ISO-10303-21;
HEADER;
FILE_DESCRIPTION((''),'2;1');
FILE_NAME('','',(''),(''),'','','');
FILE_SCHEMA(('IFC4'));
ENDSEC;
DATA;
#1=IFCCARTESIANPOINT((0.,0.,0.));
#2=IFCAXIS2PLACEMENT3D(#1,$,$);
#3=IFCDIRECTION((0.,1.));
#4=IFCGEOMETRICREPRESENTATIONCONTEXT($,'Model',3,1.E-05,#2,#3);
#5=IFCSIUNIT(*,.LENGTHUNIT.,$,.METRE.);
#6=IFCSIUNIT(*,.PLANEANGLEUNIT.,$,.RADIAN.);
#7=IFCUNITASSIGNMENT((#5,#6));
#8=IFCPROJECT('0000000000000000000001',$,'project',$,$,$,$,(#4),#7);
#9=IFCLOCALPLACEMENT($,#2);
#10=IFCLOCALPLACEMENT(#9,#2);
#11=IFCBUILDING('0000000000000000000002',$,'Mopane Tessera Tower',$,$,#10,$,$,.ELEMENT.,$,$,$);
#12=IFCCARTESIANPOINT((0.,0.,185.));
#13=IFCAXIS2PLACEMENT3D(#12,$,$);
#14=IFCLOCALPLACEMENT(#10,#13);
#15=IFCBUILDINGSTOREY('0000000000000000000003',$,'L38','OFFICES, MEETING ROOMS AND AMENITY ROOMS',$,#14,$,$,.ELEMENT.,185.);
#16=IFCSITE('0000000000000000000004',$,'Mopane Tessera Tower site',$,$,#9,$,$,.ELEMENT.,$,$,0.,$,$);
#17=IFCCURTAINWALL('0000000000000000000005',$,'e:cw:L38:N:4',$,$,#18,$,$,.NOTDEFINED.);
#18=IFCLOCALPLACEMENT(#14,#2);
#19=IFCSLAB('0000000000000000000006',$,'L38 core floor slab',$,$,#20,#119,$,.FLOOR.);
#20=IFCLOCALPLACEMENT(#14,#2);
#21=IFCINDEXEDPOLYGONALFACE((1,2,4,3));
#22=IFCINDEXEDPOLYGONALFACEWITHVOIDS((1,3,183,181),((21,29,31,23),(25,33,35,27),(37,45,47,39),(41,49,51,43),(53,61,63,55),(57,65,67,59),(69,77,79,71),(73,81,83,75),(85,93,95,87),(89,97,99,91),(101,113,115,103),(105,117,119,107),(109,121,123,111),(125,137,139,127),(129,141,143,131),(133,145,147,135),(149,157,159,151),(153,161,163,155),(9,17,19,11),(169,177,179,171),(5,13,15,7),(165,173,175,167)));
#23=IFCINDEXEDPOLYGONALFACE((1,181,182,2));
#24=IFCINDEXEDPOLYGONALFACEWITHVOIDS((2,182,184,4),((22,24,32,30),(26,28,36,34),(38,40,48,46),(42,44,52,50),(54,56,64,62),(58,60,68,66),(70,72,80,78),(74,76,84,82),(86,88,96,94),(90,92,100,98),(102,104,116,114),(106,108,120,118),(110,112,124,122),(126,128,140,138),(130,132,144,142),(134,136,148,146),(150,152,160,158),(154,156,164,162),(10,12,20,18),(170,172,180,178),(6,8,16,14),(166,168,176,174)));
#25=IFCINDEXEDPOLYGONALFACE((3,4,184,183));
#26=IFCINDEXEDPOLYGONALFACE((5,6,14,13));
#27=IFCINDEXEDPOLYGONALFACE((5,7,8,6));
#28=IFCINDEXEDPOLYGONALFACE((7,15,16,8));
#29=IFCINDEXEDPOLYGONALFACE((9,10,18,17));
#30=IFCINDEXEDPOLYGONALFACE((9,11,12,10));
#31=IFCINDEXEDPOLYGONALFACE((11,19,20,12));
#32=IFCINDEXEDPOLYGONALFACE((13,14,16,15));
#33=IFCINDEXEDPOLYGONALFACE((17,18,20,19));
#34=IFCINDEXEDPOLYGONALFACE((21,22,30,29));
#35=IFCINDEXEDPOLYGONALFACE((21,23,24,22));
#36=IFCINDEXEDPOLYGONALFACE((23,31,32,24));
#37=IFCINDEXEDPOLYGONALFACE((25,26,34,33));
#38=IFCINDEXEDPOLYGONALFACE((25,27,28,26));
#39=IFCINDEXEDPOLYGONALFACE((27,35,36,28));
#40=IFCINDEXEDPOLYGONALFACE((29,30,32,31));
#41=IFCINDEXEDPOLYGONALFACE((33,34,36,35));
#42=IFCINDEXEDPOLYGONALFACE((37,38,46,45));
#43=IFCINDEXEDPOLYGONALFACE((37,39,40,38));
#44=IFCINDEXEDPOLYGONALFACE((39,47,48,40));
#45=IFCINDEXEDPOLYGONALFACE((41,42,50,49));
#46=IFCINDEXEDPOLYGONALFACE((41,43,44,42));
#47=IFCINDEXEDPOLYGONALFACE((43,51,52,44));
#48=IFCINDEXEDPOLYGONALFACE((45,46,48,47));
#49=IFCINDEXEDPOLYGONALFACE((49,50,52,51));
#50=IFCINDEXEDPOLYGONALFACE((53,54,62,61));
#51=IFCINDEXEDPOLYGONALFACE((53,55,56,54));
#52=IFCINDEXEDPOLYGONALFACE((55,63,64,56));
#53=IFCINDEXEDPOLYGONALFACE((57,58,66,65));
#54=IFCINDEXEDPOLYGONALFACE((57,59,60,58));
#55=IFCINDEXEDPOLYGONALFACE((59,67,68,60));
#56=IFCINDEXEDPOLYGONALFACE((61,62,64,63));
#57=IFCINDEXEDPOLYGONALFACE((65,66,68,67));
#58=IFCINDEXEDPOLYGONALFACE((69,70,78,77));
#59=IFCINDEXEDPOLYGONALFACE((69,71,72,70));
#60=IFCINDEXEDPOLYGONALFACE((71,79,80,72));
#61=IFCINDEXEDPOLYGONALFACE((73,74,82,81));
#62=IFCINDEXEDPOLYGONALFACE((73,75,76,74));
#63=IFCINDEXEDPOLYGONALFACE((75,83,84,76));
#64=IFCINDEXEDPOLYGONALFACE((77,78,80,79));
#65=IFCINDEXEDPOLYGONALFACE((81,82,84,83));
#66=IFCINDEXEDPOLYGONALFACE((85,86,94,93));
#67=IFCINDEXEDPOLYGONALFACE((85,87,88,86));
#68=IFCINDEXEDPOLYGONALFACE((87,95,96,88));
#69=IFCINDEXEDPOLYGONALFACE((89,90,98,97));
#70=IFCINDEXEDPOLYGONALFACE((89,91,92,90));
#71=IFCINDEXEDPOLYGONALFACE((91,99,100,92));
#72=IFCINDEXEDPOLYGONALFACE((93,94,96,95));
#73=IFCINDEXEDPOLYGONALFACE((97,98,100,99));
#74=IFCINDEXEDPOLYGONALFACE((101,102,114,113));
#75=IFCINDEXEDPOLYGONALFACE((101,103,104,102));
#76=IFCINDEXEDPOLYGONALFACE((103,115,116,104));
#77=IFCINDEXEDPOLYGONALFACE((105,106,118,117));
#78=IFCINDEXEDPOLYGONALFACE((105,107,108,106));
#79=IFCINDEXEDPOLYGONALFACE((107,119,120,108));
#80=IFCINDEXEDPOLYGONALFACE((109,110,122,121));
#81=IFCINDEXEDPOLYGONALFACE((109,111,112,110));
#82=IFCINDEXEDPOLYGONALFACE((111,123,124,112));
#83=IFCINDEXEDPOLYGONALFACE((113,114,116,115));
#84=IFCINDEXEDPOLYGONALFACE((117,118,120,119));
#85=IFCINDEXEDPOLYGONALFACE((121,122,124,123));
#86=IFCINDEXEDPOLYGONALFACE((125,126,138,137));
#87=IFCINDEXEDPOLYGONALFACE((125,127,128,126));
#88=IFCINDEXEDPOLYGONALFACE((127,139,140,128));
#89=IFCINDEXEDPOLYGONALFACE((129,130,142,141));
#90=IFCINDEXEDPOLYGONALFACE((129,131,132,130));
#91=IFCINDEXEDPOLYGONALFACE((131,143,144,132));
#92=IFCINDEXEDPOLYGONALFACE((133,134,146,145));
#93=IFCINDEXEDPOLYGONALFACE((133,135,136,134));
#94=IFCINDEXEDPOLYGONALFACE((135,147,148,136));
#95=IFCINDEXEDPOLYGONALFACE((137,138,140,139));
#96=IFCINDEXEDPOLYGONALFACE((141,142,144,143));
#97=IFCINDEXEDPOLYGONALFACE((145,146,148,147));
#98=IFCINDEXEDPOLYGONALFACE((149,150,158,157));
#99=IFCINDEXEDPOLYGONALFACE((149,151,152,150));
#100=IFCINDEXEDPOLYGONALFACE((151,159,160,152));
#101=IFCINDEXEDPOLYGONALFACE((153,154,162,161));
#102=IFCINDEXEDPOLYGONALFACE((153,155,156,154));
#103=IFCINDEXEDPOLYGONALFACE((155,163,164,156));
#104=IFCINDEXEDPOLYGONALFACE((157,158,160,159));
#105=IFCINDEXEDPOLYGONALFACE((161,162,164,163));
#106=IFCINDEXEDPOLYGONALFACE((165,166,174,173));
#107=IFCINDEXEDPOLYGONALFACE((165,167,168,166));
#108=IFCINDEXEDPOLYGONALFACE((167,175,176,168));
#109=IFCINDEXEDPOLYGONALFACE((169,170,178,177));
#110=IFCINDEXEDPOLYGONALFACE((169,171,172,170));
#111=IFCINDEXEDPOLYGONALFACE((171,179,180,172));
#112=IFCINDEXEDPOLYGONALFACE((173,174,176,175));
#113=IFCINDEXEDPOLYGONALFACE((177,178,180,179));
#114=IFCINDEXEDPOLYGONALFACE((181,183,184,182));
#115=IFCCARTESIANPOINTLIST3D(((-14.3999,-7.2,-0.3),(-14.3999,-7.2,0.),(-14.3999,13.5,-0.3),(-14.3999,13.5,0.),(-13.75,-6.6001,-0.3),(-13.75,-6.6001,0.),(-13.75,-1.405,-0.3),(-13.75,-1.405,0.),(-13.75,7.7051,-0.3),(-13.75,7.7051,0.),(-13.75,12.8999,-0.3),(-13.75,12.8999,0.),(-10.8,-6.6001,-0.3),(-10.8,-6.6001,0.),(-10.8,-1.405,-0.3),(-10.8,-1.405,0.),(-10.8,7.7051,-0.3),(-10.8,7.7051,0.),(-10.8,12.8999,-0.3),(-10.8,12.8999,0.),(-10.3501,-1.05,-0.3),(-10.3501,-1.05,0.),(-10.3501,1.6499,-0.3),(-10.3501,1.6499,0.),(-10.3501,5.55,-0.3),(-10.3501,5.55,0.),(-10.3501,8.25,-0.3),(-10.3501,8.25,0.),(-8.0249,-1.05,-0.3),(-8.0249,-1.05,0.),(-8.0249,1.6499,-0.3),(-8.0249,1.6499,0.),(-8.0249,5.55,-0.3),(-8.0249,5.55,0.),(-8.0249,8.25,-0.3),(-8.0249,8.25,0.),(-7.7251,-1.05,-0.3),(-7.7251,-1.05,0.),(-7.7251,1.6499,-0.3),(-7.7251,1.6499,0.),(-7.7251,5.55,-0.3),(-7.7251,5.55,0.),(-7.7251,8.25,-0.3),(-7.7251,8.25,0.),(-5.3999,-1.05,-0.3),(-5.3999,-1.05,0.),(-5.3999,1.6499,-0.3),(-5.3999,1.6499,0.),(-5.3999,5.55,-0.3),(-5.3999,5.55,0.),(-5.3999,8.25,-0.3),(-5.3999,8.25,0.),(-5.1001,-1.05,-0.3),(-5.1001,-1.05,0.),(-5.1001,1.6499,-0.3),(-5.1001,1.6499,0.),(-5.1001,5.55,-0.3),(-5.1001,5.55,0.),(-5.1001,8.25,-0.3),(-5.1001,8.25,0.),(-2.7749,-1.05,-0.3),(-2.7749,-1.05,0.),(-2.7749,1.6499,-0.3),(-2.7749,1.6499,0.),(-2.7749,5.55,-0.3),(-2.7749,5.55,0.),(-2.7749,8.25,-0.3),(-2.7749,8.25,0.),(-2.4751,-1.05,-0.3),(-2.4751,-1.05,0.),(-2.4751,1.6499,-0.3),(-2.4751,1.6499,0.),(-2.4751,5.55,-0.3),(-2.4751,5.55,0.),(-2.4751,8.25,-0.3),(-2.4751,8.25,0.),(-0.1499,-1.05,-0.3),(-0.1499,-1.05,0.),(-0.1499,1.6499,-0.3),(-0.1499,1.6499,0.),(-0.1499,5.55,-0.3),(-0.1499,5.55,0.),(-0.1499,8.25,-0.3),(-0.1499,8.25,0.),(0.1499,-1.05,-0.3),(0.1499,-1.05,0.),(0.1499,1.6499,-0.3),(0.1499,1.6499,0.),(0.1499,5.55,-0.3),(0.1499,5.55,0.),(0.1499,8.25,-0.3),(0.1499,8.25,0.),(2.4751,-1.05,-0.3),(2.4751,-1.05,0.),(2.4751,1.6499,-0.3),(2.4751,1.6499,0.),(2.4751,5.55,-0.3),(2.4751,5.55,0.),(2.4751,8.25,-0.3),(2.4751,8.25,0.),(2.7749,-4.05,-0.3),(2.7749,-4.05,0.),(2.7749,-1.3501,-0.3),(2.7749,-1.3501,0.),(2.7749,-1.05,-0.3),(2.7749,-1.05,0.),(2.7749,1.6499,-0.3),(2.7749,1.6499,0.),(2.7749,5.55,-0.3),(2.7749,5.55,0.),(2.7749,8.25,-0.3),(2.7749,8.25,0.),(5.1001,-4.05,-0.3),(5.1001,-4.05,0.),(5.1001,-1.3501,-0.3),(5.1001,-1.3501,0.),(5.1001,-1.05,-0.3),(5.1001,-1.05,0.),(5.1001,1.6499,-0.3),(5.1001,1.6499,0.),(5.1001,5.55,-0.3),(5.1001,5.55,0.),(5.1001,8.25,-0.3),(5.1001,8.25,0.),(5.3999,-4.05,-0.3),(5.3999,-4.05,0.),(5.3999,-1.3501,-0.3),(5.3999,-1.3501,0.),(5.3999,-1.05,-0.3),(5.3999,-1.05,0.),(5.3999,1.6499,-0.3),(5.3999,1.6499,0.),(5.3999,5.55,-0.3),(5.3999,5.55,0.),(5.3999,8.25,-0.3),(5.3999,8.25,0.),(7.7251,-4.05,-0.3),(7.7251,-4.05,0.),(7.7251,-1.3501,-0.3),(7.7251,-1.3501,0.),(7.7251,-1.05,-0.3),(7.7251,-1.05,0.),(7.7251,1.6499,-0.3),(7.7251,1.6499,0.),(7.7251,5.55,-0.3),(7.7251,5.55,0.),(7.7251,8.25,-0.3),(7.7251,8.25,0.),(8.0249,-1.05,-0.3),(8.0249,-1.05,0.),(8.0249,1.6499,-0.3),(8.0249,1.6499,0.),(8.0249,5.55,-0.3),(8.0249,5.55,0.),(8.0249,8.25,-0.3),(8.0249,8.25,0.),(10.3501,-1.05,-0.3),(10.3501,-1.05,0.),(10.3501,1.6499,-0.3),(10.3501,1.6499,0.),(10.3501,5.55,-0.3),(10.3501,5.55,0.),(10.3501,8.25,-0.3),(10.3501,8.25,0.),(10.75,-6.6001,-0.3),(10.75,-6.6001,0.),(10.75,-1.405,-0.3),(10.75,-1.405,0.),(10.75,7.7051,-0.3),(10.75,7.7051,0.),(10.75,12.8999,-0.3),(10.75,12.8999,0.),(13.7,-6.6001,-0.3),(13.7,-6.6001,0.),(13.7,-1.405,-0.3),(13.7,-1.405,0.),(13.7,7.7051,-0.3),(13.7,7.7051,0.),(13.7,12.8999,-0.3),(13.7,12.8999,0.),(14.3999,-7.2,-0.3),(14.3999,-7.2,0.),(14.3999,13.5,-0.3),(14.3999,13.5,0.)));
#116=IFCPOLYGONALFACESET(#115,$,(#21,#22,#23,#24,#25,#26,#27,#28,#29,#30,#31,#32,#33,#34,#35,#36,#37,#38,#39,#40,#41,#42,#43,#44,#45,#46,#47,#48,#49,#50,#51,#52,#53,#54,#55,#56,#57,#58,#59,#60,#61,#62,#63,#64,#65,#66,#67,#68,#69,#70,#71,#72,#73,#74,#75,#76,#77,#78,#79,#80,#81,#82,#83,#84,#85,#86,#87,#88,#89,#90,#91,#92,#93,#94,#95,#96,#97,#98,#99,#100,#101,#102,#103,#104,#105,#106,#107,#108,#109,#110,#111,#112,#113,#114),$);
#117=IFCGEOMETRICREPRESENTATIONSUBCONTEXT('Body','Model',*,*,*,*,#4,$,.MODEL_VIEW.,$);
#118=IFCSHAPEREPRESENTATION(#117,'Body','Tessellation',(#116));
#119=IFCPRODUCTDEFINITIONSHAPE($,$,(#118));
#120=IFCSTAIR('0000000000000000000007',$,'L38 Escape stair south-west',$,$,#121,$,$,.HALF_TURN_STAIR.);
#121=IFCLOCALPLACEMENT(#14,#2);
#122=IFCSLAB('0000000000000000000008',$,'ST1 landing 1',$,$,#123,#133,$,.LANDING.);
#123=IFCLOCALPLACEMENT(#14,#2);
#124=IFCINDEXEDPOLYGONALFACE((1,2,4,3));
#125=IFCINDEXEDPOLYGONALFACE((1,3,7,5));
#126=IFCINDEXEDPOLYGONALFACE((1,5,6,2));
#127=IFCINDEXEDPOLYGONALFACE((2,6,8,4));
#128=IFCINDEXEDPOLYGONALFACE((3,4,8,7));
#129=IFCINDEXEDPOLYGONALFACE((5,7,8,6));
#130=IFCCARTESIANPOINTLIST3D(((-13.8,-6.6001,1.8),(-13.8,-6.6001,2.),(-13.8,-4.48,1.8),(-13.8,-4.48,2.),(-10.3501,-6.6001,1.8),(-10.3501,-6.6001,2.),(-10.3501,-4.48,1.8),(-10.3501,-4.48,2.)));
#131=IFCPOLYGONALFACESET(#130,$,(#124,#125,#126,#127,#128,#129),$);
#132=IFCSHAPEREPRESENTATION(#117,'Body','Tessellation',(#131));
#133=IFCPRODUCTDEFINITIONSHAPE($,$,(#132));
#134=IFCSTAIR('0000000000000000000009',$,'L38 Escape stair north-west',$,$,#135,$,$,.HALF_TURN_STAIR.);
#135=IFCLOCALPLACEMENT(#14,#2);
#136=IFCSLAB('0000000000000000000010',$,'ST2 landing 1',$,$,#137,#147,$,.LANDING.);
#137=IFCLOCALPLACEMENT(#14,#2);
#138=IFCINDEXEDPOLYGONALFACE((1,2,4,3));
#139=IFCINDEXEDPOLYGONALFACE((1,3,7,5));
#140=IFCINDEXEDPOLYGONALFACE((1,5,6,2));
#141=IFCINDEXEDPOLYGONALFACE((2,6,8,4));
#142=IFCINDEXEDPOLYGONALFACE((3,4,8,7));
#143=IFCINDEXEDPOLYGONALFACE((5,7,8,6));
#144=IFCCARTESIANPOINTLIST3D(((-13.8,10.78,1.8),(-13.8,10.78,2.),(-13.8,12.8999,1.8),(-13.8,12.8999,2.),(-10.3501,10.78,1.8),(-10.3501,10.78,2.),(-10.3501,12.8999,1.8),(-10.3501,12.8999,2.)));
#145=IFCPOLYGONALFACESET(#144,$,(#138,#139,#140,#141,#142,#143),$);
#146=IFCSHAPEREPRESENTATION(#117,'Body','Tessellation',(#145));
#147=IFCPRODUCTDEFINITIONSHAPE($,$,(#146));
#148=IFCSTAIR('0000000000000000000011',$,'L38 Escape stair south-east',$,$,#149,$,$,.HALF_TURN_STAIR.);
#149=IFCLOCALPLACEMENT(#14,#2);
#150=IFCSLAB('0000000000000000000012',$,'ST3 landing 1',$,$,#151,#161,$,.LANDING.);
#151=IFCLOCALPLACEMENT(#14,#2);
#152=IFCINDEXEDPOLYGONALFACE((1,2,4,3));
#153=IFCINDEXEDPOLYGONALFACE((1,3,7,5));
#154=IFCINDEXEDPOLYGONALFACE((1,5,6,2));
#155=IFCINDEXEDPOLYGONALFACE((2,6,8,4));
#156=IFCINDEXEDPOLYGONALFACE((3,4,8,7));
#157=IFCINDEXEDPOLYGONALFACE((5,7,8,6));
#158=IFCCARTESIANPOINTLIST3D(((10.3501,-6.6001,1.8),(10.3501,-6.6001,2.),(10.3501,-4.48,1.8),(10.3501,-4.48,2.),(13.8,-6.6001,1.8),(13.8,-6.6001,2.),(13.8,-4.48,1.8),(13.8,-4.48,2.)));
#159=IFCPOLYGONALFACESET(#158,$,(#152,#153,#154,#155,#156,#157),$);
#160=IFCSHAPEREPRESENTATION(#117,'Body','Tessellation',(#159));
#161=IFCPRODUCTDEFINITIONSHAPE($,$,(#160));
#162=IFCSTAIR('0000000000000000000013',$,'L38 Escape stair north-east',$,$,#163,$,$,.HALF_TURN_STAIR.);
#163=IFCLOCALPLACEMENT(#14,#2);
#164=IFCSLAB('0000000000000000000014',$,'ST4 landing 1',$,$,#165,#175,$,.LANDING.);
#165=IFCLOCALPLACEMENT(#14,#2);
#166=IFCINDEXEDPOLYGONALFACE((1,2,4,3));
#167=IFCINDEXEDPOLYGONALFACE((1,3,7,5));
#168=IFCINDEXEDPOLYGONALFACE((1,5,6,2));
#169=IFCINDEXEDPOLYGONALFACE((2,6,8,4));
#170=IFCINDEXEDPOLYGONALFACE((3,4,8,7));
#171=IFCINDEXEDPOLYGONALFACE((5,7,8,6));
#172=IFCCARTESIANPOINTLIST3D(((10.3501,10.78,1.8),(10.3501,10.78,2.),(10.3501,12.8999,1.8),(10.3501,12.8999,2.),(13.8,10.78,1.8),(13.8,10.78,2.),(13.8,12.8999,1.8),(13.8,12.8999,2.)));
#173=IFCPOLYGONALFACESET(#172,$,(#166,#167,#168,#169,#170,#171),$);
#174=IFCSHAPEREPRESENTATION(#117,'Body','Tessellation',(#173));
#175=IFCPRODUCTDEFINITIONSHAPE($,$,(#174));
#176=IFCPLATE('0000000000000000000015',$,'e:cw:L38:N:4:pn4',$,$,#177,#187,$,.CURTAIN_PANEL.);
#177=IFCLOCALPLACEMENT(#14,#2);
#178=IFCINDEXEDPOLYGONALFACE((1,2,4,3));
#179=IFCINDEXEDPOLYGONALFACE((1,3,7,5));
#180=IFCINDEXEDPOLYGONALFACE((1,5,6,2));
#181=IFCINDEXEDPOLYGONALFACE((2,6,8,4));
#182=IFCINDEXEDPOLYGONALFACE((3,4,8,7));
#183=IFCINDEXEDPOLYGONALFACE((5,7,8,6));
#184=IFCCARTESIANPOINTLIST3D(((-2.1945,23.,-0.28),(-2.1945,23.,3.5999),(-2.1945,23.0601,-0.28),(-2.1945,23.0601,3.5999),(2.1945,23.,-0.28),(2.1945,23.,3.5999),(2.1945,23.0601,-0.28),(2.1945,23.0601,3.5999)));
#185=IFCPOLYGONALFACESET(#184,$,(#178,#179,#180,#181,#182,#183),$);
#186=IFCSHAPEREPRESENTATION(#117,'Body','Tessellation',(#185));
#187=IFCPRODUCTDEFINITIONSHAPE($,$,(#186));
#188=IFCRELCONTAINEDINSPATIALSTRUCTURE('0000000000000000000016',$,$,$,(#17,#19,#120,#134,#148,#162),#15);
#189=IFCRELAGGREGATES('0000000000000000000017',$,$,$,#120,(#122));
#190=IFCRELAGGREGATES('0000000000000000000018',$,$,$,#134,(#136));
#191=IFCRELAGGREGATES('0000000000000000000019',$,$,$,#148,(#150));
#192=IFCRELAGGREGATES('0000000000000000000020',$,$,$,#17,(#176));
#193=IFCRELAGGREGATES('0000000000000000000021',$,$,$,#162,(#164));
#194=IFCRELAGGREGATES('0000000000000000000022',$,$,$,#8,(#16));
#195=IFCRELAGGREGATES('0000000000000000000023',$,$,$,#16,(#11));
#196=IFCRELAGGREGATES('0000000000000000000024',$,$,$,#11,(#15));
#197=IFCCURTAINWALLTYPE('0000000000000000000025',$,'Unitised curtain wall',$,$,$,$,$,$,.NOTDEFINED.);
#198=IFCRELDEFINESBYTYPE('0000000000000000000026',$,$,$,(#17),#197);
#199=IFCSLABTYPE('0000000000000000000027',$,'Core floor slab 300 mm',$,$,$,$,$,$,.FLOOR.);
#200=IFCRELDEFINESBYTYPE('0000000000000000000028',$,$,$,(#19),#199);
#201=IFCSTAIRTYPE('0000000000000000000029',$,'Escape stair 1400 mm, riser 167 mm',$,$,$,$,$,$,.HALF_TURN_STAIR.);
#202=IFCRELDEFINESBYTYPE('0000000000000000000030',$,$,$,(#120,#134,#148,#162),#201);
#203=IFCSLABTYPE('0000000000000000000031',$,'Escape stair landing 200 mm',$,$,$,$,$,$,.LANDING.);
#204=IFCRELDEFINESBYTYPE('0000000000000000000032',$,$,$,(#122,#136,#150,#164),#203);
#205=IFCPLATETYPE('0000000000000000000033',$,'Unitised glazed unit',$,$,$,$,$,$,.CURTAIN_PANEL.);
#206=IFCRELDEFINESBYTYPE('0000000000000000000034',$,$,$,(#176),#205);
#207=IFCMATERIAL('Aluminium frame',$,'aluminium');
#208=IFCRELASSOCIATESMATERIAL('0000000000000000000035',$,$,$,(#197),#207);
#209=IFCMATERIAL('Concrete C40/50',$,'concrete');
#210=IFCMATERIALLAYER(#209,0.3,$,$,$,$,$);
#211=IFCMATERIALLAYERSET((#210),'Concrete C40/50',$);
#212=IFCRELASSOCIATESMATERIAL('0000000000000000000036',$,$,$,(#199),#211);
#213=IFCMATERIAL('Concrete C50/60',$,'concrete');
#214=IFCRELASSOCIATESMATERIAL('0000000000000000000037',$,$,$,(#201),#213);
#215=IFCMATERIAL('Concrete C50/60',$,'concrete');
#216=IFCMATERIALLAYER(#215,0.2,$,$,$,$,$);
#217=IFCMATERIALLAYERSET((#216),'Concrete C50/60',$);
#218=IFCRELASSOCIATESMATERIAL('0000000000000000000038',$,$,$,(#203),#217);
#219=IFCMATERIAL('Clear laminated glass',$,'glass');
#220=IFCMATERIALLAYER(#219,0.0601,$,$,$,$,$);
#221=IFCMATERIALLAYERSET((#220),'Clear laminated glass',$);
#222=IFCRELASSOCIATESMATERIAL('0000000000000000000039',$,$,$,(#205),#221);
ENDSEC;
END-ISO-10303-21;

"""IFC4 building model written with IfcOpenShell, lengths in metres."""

from ifc_helpers import new_model, si_unit, direction, frame, origin, origin_2d, place, context, subcontext, project, spatial, polyline, rectangle, outline, extrude, material, layer, layer_set, type_object, element, aggregate, save


model = new_model("IFC4")

# Units and contexts
model_context = context("Model", 3, precision=1e-05, world=origin(), true_north=direction((0.0, 1.0)))
body_context = subcontext(model_context, "Body", "Model", "MODEL_VIEW")
ifc_project = project(units=[si_unit("LENGTHUNIT", "METRE"), si_unit("PLANEANGLEUNIT", "RADIAN")], contexts=[model_context])

# Site, building, storey
site_placement = place(None, origin())
site = spatial("IfcSite", under=ifc_project, at=site_placement, Name="Mopane Tessera Tower site", CompositionType="ELEMENT", RefElevation=0.0)
building_placement = place(site_placement, origin())
building = spatial("IfcBuilding", under=site, at=building_placement, Name="Mopane Tessera Tower", CompositionType="ELEMENT")
storey_placement = place(building_placement, frame((0.0, 0.0, 185.0)))
storey = spatial("IfcBuildingStorey", under=building, at=storey_placement, Name="L38", Description="OFFICES, MEETING ROOMS AND AMENITY ROOMS", CompositionType="ELEMENT", Elevation=185.0)

# Curtain wall
ifc_material_1 = material(Name="Aluminium frame", Category="aluminium")
curtain_wall_type = type_object("IfcCurtainWallType", Name="Unitised curtain wall", PredefinedType="NOTDEFINED", material=ifc_material_1)
curtain_wall_placement = place(storey_placement, origin())
curtain_wall = element("IfcCurtainWall", 1, at=curtain_wall_placement, inside=storey, type_object=curtain_wall_type, Name="e:cw:L38:N:4", PredefinedType="NOTDEFINED")

# Slab
ifc_material_2 = material(Name="Concrete C40/50", Category="concrete")
ifc_layer_1 = layer(ifc_material_2, 0.3)
ifc_layer_set_1 = layer_set([ifc_layer_1], Name="Concrete C40/50")
slab_type_1 = type_object("IfcSlabType", Name="Core floor slab 300 mm", PredefinedType="FLOOR", material=ifc_layer_set_1)
slab_1_placement = place(storey_placement, frame((0.0, 0.0, -0.3)))
element("IfcSlab", 2, at=slab_1_placement, inside=storey, type_object=slab_type_1, Name="L38 core floor slab", PredefinedType="FLOOR", context=body_context, shape_type="SweptSolid", body=[
    extrude(outline(polyline([(-14.3999, -7.2), (14.3999, -7.2), (14.3999, 13.5), (-14.3999, 13.5), (-14.3999, -7.2)]), holes=[polyline([(-10.3501, -1.05), (-8.0249, -1.05), (-8.0249, 1.6499), (-10.3501, 1.6499), (-10.3501, -1.05)]), polyline([(-7.7251, -1.05), (-5.3999, -1.05), (-5.3999, 1.6499), (-7.7251, 1.6499), (-7.7251, -1.05)]), polyline([(-5.1001, -1.05), (-2.7749, -1.05), (-2.7749, 1.6499), (-5.1001, 1.6499), (-5.1001, -1.05)]), polyline([(-2.4751, -1.05), (-0.1499, -1.05), (-0.1499, 1.6499), (-2.4751, 1.6499), (-2.4751, -1.05)]), polyline([(0.1499, -1.05), (2.4751, -1.05), (2.4751, 1.6499), (0.1499, 1.6499), (0.1499, -1.05)]), polyline([(2.7749, -1.05), (5.1001, -1.05), (5.1001, 1.6499), (2.7749, 1.6499), (2.7749, -1.05)]), polyline([(5.3999, -1.05), (7.7251, -1.05), (7.7251, 1.6499), (5.3999, 1.6499), (5.3999, -1.05)]), polyline([(8.0249, -1.05), (10.3501, -1.05), (10.3501, 1.6499), (8.0249, 1.6499), (8.0249, -1.05)]), polyline([(-10.3501, 5.55), (-8.0249, 5.55), (-8.0249, 8.25), (-10.3501, 8.25), (-10.3501, 5.55)]), polyline([(-7.7251, 5.55), (-5.3999, 5.55), (-5.3999, 8.25), (-7.7251, 8.25), (-7.7251, 5.55)]), polyline([(-5.1001, 5.55), (-2.7749, 5.55), (-2.7749, 8.25), (-5.1001, 8.25), (-5.1001, 5.55)]), polyline([(-2.4751, 5.55), (-0.1499, 5.55), (-0.1499, 8.25), (-2.4751, 8.25), (-2.4751, 5.55)]), polyline([(0.1499, 5.55), (2.4751, 5.55), (2.4751, 8.25), (0.1499, 8.25), (0.1499, 5.55)]), polyline([(2.7749, 5.55), (5.1001, 5.55), (5.1001, 8.25), (2.7749, 8.25), (2.7749, 5.55)]), polyline([(5.3999, 5.55), (7.7251, 5.55), (7.7251, 8.25), (5.3999, 8.25), (5.3999, 5.55)]), polyline([(8.0249, 5.55), (10.3501, 5.55), (10.3501, 8.25), (8.0249, 8.25), (8.0249, 5.55)]), polyline([(2.7749, -4.05), (5.1001, -4.05), (5.1001, -1.3501), (2.7749, -1.3501), (2.7749, -4.05)]), polyline([(5.3999, -4.05), (7.7251, -4.05), (7.7251, -1.3501), (5.3999, -1.3501), (5.3999, -4.05)]), polyline([(-13.75, -1.405), (-13.75, -6.6001), (-10.8, -6.6001), (-10.8, -1.405), (-13.75, -1.405)]), polyline([(-10.8, 7.7051), (-10.8, 12.8999), (-13.75, 12.8999), (-13.75, 7.7051), (-10.8, 7.7051)]), polyline([(10.75, -1.405), (10.75, -6.6001), (13.7, -6.6001), (13.7, -1.405), (10.75, -1.405)]), polyline([(13.7, 7.7051), (13.7, 12.8999), (10.75, 12.8999), (10.75, 7.7051), (13.7, 7.7051)])]), origin(), (0.0, 0.0, 1.0), 0.3),
])

# Stairs, slabs
ifc_material_3 = material(Name="Concrete C50/60", Category="concrete")
stair_type = type_object("IfcStairType", Name="Escape stair 1400 mm, riser 167 mm", PredefinedType="HALF_TURN_STAIR", material=ifc_material_3)
stair_1_placement = place(storey_placement, origin())
stair_1 = element("IfcStair", 3, at=stair_1_placement, inside=storey, type_object=stair_type, Name="L38 Escape stair south-west", PredefinedType="HALF_TURN_STAIR")
ifc_material_4 = material(Name="Concrete C50/60", Category="concrete")
ifc_layer_2 = layer(ifc_material_4, 0.2)
ifc_layer_set_2 = layer_set([ifc_layer_2], Name="Concrete C50/60")
slab_type_2 = type_object("IfcSlabType", Name="Escape stair landing 200 mm", PredefinedType="LANDING", material=ifc_layer_set_2)
slab_2_placement = place(storey_placement, frame((0.0, 0.0, 1.8)))
slab_2 = element("IfcSlab", 4, at=slab_2_placement, type_object=slab_type_2, Name="ST1 landing 1", PredefinedType="LANDING", context=body_context, shape_type="SweptSolid", body=[
    extrude(outline(polyline([(-13.8, -4.48), (-13.8, -6.6001), (-10.3501, -6.6001), (-10.3501, -4.48), (-13.8, -4.48)])), origin(), (0.0, 0.0, 1.0), 0.2),
])
aggregate(stair_1, [slab_2])
stair_2_placement = place(storey_placement, origin())
stair_2 = element("IfcStair", 5, at=stair_2_placement, inside=storey, type_object=stair_type, Name="L38 Escape stair north-west", PredefinedType="HALF_TURN_STAIR")
slab_3_placement = place(storey_placement, frame((0.0, 0.0, 1.8)))
slab_3 = element("IfcSlab", 6, at=slab_3_placement, type_object=slab_type_2, Name="ST2 landing 1", PredefinedType="LANDING", context=body_context, shape_type="SweptSolid", body=[
    extrude(outline(polyline([(-10.3501, 10.78), (-10.3501, 12.8999), (-13.8, 12.8999), (-13.8, 10.78), (-10.3501, 10.78)])), origin(), (0.0, 0.0, 1.0), 0.2),
])
aggregate(stair_2, [slab_3])
stair_3_placement = place(storey_placement, origin())
stair_3 = element("IfcStair", 7, at=stair_3_placement, inside=storey, type_object=stair_type, Name="L38 Escape stair south-east", PredefinedType="HALF_TURN_STAIR")
slab_4_placement = place(storey_placement, frame((0.0, 0.0, 1.8)))
slab_4 = element("IfcSlab", 8, at=slab_4_placement, type_object=slab_type_2, Name="ST3 landing 1", PredefinedType="LANDING", context=body_context, shape_type="SweptSolid", body=[
    extrude(outline(polyline([(10.3501, -4.48), (10.3501, -6.6001), (13.8, -6.6001), (13.8, -4.48), (10.3501, -4.48)])), origin(), (0.0, 0.0, 1.0), 0.2),
])
aggregate(stair_3, [slab_4])
stair_4_placement = place(storey_placement, origin())
stair_4 = element("IfcStair", 9, at=stair_4_placement, inside=storey, type_object=stair_type, Name="L38 Escape stair north-east", PredefinedType="HALF_TURN_STAIR")
slab_5_placement = place(storey_placement, frame((0.0, 0.0, 1.8)))
slab_5 = element("IfcSlab", 10, at=slab_5_placement, type_object=slab_type_2, Name="ST4 landing 1", PredefinedType="LANDING", context=body_context, shape_type="SweptSolid", body=[
    extrude(outline(polyline([(13.8, 10.78), (13.8, 12.8999), (10.3501, 12.8999), (10.3501, 10.78), (13.8, 10.78)])), origin(), (0.0, 0.0, 1.0), 0.2),
])

# Plate
ifc_material_5 = material(Name="Clear laminated glass", Category="glass")
ifc_layer_3 = layer(ifc_material_5, 0.0601)
ifc_layer_set_3 = layer_set([ifc_layer_3], Name="Clear laminated glass")
plate_type = type_object("IfcPlateType", Name="Unitised glazed unit", PredefinedType="CURTAIN_PANEL", material=ifc_layer_set_3)
plate_placement = place(storey_placement, frame((0.0, 23.03, -0.28), z_axis=(0.0, 0.0, 1.0), x_axis=(-1.0, 0.0, 0.0)))
plate = element("IfcPlate", 11, at=plate_placement, type_object=plate_type, Name="e:cw:L38:N:4:pn4", PredefinedType="CURTAIN_PANEL", context=body_context, shape_type="SweptSolid", body=[
    extrude(rectangle(XDim=4.3889, YDim=0.0601, at=origin_2d()), origin(), (0.0, 0.0, 1.0), 3.8799),
])
aggregate(curtain_wall, [plate])

aggregate(stair_4, [slab_5])

save(model, "model.ifc")
